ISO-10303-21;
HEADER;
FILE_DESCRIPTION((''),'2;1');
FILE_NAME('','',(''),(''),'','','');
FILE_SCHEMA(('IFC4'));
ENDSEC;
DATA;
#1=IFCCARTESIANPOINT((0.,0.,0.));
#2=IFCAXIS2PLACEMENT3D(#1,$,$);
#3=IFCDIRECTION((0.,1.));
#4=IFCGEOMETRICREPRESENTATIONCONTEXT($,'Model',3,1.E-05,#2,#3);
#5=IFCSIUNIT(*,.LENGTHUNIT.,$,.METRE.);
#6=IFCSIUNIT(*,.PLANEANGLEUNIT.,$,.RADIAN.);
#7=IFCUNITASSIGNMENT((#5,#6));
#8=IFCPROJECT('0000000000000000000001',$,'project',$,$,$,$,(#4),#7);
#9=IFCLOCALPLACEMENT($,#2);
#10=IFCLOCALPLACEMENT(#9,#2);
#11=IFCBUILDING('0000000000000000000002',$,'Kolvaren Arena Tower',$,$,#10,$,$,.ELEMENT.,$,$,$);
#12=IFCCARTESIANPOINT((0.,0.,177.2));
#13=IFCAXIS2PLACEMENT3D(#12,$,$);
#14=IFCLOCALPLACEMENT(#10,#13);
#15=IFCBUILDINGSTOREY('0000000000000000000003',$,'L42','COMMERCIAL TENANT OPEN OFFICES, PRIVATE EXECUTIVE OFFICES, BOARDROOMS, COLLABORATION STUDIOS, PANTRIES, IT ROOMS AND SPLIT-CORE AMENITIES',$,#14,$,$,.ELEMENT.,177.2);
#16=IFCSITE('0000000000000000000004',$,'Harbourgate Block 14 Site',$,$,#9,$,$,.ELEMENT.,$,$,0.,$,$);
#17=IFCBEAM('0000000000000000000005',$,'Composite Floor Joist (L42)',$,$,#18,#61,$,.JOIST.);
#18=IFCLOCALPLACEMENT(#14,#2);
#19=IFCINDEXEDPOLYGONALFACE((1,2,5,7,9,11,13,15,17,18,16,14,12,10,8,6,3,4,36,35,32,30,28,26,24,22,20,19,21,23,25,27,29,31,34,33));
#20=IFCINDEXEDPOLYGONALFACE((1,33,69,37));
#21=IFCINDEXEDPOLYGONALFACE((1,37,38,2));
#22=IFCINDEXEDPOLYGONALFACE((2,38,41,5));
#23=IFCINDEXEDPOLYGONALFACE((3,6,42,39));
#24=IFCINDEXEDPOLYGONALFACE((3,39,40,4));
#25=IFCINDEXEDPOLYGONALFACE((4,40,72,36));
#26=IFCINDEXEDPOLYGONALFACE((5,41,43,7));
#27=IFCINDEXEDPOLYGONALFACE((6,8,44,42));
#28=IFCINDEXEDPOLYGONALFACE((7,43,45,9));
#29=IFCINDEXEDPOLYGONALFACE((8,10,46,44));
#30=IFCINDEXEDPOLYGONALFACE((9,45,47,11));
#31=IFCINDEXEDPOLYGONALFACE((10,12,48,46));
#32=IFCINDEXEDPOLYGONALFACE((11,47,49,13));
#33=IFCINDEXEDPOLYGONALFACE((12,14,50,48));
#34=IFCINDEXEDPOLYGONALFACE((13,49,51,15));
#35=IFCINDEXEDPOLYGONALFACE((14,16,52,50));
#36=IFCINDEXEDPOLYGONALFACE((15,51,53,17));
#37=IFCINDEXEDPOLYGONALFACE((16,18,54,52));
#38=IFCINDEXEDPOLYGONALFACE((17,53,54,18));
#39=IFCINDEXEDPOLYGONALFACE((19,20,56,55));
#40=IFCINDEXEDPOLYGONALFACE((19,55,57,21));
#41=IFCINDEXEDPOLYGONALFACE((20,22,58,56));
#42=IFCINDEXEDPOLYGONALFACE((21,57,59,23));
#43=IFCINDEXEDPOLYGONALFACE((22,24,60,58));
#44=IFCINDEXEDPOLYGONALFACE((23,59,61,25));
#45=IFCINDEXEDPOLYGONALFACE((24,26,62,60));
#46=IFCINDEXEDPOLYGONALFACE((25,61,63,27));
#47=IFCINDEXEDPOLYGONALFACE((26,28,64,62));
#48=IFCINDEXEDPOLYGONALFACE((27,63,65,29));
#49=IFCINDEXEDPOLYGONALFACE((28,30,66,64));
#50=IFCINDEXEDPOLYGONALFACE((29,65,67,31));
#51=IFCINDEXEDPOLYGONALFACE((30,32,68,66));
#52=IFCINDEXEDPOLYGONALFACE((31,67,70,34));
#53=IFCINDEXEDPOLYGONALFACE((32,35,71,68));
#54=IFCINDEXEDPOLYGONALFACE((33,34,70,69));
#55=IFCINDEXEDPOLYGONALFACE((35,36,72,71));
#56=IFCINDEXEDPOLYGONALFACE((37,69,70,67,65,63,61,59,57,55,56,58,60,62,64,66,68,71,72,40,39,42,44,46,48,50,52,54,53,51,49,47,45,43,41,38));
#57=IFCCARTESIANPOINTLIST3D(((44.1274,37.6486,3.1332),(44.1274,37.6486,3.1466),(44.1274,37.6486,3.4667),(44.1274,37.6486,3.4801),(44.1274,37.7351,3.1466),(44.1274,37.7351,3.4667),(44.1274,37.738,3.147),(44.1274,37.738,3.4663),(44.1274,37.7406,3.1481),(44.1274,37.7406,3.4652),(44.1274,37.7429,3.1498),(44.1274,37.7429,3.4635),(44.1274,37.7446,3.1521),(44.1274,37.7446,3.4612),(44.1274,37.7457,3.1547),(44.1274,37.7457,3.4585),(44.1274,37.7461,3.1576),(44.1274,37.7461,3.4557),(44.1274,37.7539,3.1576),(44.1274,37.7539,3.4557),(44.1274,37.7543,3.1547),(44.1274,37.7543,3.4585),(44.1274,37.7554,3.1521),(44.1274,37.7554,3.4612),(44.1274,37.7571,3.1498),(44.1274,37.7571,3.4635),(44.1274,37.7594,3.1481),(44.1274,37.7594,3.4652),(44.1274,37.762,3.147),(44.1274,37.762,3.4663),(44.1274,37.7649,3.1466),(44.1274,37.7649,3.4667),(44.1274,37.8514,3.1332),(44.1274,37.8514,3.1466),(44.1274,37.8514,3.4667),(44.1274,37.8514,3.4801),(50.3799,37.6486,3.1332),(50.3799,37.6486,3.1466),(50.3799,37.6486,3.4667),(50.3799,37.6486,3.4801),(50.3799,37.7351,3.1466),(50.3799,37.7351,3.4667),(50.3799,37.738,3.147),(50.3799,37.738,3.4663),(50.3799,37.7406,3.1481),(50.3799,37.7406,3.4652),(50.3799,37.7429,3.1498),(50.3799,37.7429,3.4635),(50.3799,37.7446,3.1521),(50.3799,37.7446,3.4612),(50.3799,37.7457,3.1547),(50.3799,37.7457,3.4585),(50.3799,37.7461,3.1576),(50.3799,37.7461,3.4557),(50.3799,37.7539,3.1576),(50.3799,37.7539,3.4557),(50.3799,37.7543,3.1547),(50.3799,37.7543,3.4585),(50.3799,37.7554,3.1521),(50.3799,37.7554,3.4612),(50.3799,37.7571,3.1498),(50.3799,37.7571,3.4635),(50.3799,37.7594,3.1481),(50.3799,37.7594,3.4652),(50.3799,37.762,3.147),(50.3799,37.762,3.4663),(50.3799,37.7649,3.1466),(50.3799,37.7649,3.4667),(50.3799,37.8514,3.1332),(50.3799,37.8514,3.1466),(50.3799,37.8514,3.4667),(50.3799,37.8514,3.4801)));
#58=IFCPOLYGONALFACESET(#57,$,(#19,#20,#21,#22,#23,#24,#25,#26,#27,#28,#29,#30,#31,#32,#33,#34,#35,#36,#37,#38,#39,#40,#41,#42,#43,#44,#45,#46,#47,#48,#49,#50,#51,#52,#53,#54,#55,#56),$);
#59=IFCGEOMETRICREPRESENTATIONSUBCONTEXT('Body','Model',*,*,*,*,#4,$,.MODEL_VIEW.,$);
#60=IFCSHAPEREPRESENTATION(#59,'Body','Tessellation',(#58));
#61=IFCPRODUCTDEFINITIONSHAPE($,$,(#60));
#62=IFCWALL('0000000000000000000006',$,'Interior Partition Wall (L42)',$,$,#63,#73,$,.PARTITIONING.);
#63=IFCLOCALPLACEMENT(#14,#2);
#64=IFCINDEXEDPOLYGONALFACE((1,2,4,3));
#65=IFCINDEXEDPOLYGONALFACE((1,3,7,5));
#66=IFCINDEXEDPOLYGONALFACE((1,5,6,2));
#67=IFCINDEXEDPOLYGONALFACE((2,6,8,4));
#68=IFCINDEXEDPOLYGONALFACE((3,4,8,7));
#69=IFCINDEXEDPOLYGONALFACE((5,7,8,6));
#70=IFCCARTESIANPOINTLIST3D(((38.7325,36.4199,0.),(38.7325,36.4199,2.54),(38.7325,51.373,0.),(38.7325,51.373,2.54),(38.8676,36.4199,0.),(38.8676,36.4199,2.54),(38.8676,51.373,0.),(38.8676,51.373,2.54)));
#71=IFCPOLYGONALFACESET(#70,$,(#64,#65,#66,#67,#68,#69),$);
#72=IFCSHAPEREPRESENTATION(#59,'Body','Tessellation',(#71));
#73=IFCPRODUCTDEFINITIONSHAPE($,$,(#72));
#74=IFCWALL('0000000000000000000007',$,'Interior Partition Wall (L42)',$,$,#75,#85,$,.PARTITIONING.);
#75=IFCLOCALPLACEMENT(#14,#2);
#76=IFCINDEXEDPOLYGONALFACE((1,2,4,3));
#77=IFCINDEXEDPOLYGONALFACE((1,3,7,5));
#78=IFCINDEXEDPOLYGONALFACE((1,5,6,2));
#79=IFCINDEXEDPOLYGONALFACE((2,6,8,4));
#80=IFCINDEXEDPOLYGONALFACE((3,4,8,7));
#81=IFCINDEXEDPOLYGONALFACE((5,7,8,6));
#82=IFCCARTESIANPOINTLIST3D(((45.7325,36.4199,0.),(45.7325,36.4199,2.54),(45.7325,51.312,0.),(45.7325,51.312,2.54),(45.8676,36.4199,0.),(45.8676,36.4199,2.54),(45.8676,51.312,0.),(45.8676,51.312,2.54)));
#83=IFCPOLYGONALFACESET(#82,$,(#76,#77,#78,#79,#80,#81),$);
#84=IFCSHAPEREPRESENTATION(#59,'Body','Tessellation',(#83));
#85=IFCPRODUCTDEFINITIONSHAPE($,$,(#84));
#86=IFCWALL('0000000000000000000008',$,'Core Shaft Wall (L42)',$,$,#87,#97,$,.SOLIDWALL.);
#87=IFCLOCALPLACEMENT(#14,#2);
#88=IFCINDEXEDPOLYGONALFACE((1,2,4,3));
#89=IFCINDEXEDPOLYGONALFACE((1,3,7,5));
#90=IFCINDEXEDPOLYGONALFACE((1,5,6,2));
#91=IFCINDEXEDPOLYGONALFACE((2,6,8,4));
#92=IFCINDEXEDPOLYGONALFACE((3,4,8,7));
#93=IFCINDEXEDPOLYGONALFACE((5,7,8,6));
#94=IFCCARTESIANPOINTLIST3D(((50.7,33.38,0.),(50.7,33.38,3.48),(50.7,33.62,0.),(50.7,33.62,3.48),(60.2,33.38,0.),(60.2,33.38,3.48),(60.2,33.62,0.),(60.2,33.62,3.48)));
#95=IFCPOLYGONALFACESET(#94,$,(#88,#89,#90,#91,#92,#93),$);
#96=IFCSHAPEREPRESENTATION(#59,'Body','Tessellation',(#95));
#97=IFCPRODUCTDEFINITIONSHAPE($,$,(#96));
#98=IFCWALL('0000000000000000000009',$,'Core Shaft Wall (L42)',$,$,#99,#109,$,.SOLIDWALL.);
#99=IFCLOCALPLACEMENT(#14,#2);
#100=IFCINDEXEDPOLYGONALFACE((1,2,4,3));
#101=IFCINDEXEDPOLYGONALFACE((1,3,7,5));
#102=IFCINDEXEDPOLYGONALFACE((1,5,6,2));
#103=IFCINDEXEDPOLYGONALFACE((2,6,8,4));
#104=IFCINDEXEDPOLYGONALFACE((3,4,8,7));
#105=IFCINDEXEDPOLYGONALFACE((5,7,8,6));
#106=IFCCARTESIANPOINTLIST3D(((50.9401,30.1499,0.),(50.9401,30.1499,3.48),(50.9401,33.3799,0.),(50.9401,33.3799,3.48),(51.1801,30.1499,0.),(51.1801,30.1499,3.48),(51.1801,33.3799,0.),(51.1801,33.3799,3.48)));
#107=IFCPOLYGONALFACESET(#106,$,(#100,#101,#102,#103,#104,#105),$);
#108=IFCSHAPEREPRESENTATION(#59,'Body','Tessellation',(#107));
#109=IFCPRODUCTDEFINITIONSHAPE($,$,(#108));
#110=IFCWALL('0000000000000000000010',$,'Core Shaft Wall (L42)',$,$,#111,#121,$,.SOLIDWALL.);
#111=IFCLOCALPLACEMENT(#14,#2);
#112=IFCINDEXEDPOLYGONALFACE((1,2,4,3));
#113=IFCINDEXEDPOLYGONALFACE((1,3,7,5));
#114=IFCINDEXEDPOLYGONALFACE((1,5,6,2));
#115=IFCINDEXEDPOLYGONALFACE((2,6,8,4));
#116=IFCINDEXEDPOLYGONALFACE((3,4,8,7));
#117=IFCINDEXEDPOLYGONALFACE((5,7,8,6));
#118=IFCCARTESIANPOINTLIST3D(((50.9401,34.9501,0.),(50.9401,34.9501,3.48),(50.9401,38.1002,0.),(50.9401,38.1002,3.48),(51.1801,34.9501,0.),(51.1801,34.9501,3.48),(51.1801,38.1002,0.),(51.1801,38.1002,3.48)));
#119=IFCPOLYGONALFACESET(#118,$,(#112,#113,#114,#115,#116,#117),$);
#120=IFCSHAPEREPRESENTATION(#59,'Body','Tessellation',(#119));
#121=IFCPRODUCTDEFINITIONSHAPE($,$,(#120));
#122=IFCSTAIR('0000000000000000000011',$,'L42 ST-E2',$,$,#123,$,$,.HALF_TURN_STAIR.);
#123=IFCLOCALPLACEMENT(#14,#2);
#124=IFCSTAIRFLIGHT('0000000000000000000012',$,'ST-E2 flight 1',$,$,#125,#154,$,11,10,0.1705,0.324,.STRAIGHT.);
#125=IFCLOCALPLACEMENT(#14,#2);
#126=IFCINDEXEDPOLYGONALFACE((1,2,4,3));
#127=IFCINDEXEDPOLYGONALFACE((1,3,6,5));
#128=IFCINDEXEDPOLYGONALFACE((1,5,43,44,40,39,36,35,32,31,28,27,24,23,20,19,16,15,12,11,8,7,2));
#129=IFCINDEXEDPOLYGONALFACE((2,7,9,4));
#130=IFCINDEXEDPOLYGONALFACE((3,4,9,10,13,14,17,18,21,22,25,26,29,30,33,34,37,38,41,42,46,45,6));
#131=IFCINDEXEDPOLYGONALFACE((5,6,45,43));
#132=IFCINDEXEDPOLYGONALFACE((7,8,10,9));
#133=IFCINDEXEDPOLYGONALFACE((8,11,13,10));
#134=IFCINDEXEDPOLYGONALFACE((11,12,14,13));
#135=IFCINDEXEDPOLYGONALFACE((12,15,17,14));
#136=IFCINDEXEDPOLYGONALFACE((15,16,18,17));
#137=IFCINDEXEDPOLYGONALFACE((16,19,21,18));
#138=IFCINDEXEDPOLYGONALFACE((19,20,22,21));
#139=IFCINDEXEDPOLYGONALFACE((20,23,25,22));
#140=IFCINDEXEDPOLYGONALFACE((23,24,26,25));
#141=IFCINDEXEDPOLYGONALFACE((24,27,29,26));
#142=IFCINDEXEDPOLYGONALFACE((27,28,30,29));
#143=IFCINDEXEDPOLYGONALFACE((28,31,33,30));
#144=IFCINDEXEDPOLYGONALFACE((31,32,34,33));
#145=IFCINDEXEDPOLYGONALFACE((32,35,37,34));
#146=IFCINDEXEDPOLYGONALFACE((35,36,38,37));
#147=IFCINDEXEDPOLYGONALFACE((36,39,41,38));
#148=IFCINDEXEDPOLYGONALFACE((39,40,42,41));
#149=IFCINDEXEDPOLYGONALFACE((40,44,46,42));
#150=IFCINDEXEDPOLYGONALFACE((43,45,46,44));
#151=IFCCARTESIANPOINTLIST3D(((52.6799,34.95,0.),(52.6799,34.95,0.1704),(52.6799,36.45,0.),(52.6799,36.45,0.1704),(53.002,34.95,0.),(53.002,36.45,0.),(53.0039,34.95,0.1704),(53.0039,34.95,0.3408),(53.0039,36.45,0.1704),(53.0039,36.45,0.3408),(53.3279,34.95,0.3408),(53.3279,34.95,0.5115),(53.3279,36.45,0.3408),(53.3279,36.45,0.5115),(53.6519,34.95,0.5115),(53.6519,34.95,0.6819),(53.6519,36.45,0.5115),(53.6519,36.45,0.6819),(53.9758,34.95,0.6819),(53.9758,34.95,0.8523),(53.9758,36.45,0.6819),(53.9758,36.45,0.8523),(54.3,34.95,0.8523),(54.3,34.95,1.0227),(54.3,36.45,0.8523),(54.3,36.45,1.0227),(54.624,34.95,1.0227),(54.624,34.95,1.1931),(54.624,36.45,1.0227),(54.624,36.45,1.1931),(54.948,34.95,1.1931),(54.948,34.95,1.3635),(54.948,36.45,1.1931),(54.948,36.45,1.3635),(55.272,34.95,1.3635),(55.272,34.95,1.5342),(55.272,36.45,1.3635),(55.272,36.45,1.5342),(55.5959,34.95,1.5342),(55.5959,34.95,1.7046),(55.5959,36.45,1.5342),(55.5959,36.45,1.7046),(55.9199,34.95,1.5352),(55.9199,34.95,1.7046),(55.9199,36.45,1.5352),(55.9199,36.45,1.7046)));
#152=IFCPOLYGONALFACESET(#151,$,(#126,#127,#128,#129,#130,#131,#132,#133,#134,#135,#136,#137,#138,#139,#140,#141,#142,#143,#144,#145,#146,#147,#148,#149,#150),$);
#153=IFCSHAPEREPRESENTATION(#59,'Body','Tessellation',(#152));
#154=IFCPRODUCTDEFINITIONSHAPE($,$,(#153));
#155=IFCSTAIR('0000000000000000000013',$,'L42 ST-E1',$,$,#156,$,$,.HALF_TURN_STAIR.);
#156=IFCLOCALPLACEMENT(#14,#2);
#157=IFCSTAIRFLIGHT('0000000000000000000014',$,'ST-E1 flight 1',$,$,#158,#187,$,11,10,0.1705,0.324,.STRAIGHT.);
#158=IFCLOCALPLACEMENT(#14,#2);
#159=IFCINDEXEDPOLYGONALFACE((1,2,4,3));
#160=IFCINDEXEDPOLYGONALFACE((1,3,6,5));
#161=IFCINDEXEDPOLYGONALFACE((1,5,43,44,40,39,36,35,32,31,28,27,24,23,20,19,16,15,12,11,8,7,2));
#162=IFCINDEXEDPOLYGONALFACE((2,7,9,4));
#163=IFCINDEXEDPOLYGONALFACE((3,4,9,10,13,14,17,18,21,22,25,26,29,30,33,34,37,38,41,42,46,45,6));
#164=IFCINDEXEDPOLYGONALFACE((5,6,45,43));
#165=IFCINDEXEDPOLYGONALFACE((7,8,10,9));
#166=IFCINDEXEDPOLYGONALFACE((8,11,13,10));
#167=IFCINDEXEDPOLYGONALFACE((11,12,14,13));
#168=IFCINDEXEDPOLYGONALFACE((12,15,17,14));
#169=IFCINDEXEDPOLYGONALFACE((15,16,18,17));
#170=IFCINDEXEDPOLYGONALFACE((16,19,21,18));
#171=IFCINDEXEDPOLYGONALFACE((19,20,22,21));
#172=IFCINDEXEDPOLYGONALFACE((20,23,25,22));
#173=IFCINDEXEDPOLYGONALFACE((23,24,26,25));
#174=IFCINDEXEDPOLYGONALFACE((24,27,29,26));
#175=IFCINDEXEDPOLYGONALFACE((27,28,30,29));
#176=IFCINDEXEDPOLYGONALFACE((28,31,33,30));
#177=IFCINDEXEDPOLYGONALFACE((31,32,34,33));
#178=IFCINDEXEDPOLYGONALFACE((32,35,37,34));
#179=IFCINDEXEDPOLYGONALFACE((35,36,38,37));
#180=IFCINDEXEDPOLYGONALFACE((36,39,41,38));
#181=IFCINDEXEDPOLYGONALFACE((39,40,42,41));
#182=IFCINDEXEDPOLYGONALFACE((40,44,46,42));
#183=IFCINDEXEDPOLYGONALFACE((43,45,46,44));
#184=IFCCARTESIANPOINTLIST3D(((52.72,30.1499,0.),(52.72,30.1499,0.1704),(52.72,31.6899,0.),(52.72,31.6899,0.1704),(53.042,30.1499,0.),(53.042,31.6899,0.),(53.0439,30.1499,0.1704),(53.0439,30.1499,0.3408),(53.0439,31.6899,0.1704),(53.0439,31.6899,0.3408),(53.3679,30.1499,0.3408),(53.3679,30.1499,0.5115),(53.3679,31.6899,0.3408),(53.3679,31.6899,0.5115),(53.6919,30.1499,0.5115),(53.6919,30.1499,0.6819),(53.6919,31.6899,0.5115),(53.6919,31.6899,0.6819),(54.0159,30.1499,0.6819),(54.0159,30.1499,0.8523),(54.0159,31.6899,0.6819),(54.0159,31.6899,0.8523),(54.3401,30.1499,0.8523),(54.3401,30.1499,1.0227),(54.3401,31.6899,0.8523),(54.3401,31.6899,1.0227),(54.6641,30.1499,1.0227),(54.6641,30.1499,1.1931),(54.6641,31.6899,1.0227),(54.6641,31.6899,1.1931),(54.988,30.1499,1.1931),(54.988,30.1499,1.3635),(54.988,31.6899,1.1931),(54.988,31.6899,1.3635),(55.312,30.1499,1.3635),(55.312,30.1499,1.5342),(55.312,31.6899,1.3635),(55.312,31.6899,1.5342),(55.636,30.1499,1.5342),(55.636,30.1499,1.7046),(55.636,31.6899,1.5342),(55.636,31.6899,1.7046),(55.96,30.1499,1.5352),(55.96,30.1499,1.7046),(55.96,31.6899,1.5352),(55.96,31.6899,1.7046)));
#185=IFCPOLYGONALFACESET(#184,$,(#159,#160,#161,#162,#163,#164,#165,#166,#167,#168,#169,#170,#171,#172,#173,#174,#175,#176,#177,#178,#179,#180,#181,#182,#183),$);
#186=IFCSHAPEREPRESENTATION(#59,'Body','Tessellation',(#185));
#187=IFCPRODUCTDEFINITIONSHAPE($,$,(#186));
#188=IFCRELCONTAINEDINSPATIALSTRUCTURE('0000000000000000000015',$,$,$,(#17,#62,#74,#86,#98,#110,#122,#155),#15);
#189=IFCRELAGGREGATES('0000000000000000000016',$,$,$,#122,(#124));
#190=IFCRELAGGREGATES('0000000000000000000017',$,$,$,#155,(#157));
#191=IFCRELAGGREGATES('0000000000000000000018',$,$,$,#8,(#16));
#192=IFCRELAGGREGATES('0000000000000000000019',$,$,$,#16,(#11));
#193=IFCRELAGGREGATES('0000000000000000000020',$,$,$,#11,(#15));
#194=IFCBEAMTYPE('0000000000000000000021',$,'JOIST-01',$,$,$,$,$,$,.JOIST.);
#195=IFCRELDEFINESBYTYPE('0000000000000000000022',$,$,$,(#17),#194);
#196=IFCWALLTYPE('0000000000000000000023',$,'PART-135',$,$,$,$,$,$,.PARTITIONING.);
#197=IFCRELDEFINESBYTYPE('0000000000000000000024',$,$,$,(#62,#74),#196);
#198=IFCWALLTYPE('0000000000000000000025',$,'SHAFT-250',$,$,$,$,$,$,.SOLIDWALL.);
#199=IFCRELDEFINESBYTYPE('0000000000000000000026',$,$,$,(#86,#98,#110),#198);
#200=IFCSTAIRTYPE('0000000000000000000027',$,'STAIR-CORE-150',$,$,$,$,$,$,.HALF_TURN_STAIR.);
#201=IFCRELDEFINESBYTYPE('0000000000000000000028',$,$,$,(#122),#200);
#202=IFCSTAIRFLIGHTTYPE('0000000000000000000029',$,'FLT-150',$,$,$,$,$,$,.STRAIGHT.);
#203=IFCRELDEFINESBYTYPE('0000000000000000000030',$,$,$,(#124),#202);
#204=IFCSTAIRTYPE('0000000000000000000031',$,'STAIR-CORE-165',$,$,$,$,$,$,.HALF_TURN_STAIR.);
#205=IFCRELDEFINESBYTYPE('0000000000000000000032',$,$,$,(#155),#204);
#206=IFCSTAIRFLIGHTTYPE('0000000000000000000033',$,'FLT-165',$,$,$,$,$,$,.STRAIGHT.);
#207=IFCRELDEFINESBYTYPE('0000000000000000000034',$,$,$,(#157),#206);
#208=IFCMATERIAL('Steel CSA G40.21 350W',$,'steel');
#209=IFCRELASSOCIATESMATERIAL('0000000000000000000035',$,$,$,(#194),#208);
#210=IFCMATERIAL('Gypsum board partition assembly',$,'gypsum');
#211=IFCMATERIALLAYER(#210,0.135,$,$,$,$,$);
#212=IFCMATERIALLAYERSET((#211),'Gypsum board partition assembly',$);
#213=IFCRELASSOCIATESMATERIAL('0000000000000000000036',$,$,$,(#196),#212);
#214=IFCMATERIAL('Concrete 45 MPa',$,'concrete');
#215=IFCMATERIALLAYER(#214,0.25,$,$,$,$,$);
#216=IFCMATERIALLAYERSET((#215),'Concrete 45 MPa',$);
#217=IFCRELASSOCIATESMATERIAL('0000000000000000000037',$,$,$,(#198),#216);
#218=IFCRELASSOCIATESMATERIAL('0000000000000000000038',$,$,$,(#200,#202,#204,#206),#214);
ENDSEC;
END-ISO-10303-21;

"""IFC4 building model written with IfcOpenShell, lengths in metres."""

from ifc_helpers import new_model, si_unit, direction, frame, frame_2d, origin, origin_2d, place, context, subcontext, project, spatial, polyline, rectangle, i_section, outline, extrude, material, layer, layer_set, material_profile, profile_set, type_object, element, aggregate, save


model = new_model("IFC4")

# Units and contexts
model_context = context("Model", 3, precision=1e-05, world=origin(), true_north=direction((0.0, 1.0)))
body_context = subcontext(model_context, "Body", "Model", "MODEL_VIEW")
ifc_project = project(units=[si_unit("LENGTHUNIT", "METRE"), si_unit("PLANEANGLEUNIT", "RADIAN")], contexts=[model_context])

# Site, building, storey
site_placement = place(None, origin())
site = spatial("IfcSite", under=ifc_project, at=site_placement, Name="Harbourgate Block 14 Site", CompositionType="ELEMENT", RefElevation=0.0)
building_placement = place(site_placement, origin())
building = spatial("IfcBuilding", under=site, at=building_placement, Name="Kolvaren Arena Tower", CompositionType="ELEMENT")
storey_placement = place(building_placement, frame((0.0, 0.0, 177.2)))
storey = spatial("IfcBuildingStorey", under=building, at=storey_placement, Name="L42", Description="COMMERCIAL TENANT OPEN OFFICES, PRIVATE EXECUTIVE OFFICES, BOARDROOMS, COLLABORATION STUDIOS, PANTRIES, IT ROOMS AND SPLIT-CORE AMENITIES", CompositionType="ELEMENT", Elevation=177.2)

# Beam
ifc_material_1 = material(Name="Steel CSA G40.21 350W", Category="steel")
ifc_material_profile_1 = material_profile(ifc_material_1, i_section(OverallWidth=0.2029, OverallDepth=0.3469, WebThickness=0.0078, FlangeThickness=0.0134, FilletRadius=0.011, at=origin_2d()), Name="W360x64")
ifc_profile_set_1 = profile_set([ifc_material_profile_1], Name="Steel CSA G40.21 350W")
beam_type_1 = type_object("IfcBeamType", Name="JOIST-01", PredefinedType="JOIST", material=ifc_profile_set_1)
for number, where, z_axis, x_axis, name in (
    (1, (44.1274, 37.75, 3.3066), (1.0, 0.0, 0.0), (0.0, 1.0, 0.0), "Composite Floor Joist (L42)"),
):
    element("IfcBeam", number, at=place(storey_placement, frame(where, z_axis=z_axis, x_axis=x_axis)), inside=storey, type_object=beam_type_1, Name=name, PredefinedType="JOIST", context=body_context, shape_type="SweptSolid", body=[
        extrude(i_section(OverallWidth=0.2029, OverallDepth=0.3469, WebThickness=0.0078, FlangeThickness=0.0134, FilletRadius=0.011, at=origin_2d()), origin(), (0.0, 0.0, 1.0), 6.2524),
    ])

# Walls
ifc_material_2 = material(Name="Gypsum board partition assembly", Category="gypsum")
ifc_layer_1 = layer(ifc_material_2, 0.135)
ifc_layer_set_1 = layer_set([ifc_layer_1], Name="Gypsum board partition assembly")
wall_type_1 = type_object("IfcWallType", Name="PART-135", PredefinedType="PARTITIONING", material=ifc_layer_set_1)
wall_1_placement = place(storey_placement, frame((38.8, 36.4199, 0.0), z_axis=(0.0, 0.0, 1.0), x_axis=(0.0, 1.0, 0.0)))
element("IfcWall", 2, at=wall_1_placement, inside=storey, type_object=wall_type_1, Name="Interior Partition Wall (L42)", PredefinedType="PARTITIONING", context=body_context, shape_type="SweptSolid", body=[
    extrude(rectangle(XDim=14.9531, YDim=0.135, at=frame_2d((7.4766, 0.0))), origin(), (0.0, 0.0, 1.0), 2.54),
])
wall_2_placement = place(storey_placement, frame((45.8, 36.4199, 0.0), z_axis=(0.0, 0.0, 1.0), x_axis=(0.0, 1.0, 0.0)))
element("IfcWall", 3, at=wall_2_placement, inside=storey, type_object=wall_type_1, Name="Interior Partition Wall (L42)", PredefinedType="PARTITIONING", context=body_context, shape_type="SweptSolid", body=[
    extrude(rectangle(XDim=14.8921, YDim=0.135, at=frame_2d((7.446, 0.0))), origin(), (0.0, 0.0, 1.0), 2.54),
])
ifc_material_3 = material(Name="Concrete 45 MPa", Category="concrete")
ifc_layer_2 = layer(ifc_material_3, 0.25)
ifc_layer_set_2 = layer_set([ifc_layer_2], Name="Concrete 45 MPa")
wall_type_2 = type_object("IfcWallType", Name="SHAFT-250", PredefinedType="SOLIDWALL", material=ifc_layer_set_2)
wall_3_placement = place(storey_placement, frame((50.7, 33.5, 0.0), z_axis=(0.0, 0.0, 1.0), x_axis=(1.0, 0.0, 0.0)))
element("IfcWall", 4, at=wall_3_placement, inside=storey, type_object=wall_type_2, Name="Core Shaft Wall (L42)", PredefinedType="SOLIDWALL", context=body_context, shape_type="SweptSolid", body=[
    extrude(rectangle(XDim=9.5, YDim=0.24, at=frame_2d((4.75, 0.0))), origin(), (0.0, 0.0, 1.0), 3.48),
])
wall_4_placement = place(storey_placement, frame((51.0601, 30.1499, 0.0), z_axis=(0.0, 0.0, 1.0), x_axis=(0.0, 1.0, 0.0)))
element("IfcWall", 5, at=wall_4_placement, inside=storey, type_object=wall_type_2, Name="Core Shaft Wall (L42)", PredefinedType="SOLIDWALL", context=body_context, shape_type="SweptSolid", body=[
    extrude(rectangle(XDim=3.23, YDim=0.24, at=frame_2d((1.615, 0.0))), origin(), (0.0, 0.0, 1.0), 3.48),
])
wall_5_placement = place(storey_placement, frame((51.0601, 34.95, 0.0), z_axis=(0.0, 0.0, 1.0), x_axis=(0.0, 1.0, 0.0)))
element("IfcWall", 6, at=wall_5_placement, inside=storey, type_object=wall_type_2, Name="Core Shaft Wall (L42)", PredefinedType="SOLIDWALL", context=body_context, shape_type="SweptSolid", body=[
    extrude(rectangle(XDim=3.1501, YDim=0.24, at=frame_2d((1.5752, 0.0))), origin(), (0.0, 0.0, 1.0), 3.48),
])

# Stairs, stair flights
stair_type_1 = type_object("IfcStairType", Name="STAIR-CORE-150", PredefinedType="HALF_TURN_STAIR", material=ifc_material_3)
stair_1_placement = place(storey_placement, origin())
stair_1 = element("IfcStair", 7, at=stair_1_placement, inside=storey, type_object=stair_type_1, Name="L42 ST-E2", PredefinedType="HALF_TURN_STAIR")
stair_flight_type_1 = type_object("IfcStairFlightType", Name="FLT-150", PredefinedType="STRAIGHT", material=ifc_material_3)
stair_flight_1_placement = place(storey_placement, frame((52.6799, 35.7, 0.0), z_axis=(0.0, 0.0, 1.0), x_axis=(1.0, 0.0, 0.0)))
stair_flight_1 = element("IfcStairFlight", 8, at=stair_flight_1_placement, type_object=stair_flight_type_1, Name="ST-E2 flight 1", NumberOfRisers=11, NumberOfTreads=10, PredefinedType="STRAIGHT", RiserHeight=0.1705, TreadLength=0.324, context=body_context, shape_type="SweptSolid", body=[
    extrude(outline(polyline([(0.0, 0.0), (0.0, 0.1704), (0.324, 0.1704), (0.324, 0.3408), (0.6479, 0.3408), (0.6479, 0.5115), (0.9719, 0.5115), (0.9719, 0.6819), (1.2959, 0.6819), (1.2959, 0.8523), (1.6201, 0.8523), (1.6201, 1.0227), (1.9441, 1.0227), (1.9441, 1.1931), (2.2681, 1.1931), (2.2681, 1.3635), (2.592, 1.3635), (2.592, 1.5342), (2.916, 1.5342), (2.916, 1.7046), (3.24, 1.7046), (3.24, 1.875), (3.24, 1.5352), (0.322, 0.0), (0.0, 0.0)])), frame((0.0, 0.75, 0.0), z_axis=(0.0, -1.0, 0.0), x_axis=(1.0, 0.0, 0.0)), (0.0, 0.0, 1.0), 1.5),
])
aggregate(stair_1, [stair_flight_1])
stair_type_2 = type_object("IfcStairType", Name="STAIR-CORE-165", PredefinedType="HALF_TURN_STAIR", material=ifc_material_3)
stair_2_placement = place(storey_placement, origin())
stair_2 = element("IfcStair", 9, at=stair_2_placement, inside=storey, type_object=stair_type_2, Name="L42 ST-E1", PredefinedType="HALF_TURN_STAIR")
stair_flight_type_2 = type_object("IfcStairFlightType", Name="FLT-165", PredefinedType="STRAIGHT", material=ifc_material_3)
stair_flight_2_placement = place(storey_placement, frame((52.72, 30.9199, 0.0), z_axis=(0.0, 0.0, 1.0), x_axis=(1.0, 0.0, 0.0)))
stair_flight_2 = element("IfcStairFlight", 10, at=stair_flight_2_placement, type_object=stair_flight_type_2, Name="ST-E1 flight 1", NumberOfRisers=11, NumberOfTreads=10, PredefinedType="STRAIGHT", RiserHeight=0.1705, TreadLength=0.324, context=body_context, shape_type="SweptSolid", body=[
    extrude(outline(polyline([(0.0, 0.0), (0.0, 0.1704), (0.324, 0.1704), (0.324, 0.3408), (0.6479, 0.3408), (0.6479, 0.5115), (0.9719, 0.5115), (0.9719, 0.6819), (1.2959, 0.6819), (1.2959, 0.8523), (1.6201, 0.8523), (1.6201, 1.0227), (1.9441, 1.0227), (1.9441, 1.1931), (2.2681, 1.1931), (2.2681, 1.3635), (2.592, 1.3635), (2.592, 1.5342), (2.916, 1.5342), (2.916, 1.7046), (3.24, 1.7046), (3.24, 1.875), (3.24, 1.5352), (0.322, 0.0), (0.0, 0.0)])), frame((0.0, 0.77, 0.0), z_axis=(0.0, -1.0, 0.0), x_axis=(1.0, 0.0, 0.0)), (0.0, 0.0, 1.0), 1.54),
])
aggregate(stair_2, [stair_flight_2])

save(model, "model.ifc")
